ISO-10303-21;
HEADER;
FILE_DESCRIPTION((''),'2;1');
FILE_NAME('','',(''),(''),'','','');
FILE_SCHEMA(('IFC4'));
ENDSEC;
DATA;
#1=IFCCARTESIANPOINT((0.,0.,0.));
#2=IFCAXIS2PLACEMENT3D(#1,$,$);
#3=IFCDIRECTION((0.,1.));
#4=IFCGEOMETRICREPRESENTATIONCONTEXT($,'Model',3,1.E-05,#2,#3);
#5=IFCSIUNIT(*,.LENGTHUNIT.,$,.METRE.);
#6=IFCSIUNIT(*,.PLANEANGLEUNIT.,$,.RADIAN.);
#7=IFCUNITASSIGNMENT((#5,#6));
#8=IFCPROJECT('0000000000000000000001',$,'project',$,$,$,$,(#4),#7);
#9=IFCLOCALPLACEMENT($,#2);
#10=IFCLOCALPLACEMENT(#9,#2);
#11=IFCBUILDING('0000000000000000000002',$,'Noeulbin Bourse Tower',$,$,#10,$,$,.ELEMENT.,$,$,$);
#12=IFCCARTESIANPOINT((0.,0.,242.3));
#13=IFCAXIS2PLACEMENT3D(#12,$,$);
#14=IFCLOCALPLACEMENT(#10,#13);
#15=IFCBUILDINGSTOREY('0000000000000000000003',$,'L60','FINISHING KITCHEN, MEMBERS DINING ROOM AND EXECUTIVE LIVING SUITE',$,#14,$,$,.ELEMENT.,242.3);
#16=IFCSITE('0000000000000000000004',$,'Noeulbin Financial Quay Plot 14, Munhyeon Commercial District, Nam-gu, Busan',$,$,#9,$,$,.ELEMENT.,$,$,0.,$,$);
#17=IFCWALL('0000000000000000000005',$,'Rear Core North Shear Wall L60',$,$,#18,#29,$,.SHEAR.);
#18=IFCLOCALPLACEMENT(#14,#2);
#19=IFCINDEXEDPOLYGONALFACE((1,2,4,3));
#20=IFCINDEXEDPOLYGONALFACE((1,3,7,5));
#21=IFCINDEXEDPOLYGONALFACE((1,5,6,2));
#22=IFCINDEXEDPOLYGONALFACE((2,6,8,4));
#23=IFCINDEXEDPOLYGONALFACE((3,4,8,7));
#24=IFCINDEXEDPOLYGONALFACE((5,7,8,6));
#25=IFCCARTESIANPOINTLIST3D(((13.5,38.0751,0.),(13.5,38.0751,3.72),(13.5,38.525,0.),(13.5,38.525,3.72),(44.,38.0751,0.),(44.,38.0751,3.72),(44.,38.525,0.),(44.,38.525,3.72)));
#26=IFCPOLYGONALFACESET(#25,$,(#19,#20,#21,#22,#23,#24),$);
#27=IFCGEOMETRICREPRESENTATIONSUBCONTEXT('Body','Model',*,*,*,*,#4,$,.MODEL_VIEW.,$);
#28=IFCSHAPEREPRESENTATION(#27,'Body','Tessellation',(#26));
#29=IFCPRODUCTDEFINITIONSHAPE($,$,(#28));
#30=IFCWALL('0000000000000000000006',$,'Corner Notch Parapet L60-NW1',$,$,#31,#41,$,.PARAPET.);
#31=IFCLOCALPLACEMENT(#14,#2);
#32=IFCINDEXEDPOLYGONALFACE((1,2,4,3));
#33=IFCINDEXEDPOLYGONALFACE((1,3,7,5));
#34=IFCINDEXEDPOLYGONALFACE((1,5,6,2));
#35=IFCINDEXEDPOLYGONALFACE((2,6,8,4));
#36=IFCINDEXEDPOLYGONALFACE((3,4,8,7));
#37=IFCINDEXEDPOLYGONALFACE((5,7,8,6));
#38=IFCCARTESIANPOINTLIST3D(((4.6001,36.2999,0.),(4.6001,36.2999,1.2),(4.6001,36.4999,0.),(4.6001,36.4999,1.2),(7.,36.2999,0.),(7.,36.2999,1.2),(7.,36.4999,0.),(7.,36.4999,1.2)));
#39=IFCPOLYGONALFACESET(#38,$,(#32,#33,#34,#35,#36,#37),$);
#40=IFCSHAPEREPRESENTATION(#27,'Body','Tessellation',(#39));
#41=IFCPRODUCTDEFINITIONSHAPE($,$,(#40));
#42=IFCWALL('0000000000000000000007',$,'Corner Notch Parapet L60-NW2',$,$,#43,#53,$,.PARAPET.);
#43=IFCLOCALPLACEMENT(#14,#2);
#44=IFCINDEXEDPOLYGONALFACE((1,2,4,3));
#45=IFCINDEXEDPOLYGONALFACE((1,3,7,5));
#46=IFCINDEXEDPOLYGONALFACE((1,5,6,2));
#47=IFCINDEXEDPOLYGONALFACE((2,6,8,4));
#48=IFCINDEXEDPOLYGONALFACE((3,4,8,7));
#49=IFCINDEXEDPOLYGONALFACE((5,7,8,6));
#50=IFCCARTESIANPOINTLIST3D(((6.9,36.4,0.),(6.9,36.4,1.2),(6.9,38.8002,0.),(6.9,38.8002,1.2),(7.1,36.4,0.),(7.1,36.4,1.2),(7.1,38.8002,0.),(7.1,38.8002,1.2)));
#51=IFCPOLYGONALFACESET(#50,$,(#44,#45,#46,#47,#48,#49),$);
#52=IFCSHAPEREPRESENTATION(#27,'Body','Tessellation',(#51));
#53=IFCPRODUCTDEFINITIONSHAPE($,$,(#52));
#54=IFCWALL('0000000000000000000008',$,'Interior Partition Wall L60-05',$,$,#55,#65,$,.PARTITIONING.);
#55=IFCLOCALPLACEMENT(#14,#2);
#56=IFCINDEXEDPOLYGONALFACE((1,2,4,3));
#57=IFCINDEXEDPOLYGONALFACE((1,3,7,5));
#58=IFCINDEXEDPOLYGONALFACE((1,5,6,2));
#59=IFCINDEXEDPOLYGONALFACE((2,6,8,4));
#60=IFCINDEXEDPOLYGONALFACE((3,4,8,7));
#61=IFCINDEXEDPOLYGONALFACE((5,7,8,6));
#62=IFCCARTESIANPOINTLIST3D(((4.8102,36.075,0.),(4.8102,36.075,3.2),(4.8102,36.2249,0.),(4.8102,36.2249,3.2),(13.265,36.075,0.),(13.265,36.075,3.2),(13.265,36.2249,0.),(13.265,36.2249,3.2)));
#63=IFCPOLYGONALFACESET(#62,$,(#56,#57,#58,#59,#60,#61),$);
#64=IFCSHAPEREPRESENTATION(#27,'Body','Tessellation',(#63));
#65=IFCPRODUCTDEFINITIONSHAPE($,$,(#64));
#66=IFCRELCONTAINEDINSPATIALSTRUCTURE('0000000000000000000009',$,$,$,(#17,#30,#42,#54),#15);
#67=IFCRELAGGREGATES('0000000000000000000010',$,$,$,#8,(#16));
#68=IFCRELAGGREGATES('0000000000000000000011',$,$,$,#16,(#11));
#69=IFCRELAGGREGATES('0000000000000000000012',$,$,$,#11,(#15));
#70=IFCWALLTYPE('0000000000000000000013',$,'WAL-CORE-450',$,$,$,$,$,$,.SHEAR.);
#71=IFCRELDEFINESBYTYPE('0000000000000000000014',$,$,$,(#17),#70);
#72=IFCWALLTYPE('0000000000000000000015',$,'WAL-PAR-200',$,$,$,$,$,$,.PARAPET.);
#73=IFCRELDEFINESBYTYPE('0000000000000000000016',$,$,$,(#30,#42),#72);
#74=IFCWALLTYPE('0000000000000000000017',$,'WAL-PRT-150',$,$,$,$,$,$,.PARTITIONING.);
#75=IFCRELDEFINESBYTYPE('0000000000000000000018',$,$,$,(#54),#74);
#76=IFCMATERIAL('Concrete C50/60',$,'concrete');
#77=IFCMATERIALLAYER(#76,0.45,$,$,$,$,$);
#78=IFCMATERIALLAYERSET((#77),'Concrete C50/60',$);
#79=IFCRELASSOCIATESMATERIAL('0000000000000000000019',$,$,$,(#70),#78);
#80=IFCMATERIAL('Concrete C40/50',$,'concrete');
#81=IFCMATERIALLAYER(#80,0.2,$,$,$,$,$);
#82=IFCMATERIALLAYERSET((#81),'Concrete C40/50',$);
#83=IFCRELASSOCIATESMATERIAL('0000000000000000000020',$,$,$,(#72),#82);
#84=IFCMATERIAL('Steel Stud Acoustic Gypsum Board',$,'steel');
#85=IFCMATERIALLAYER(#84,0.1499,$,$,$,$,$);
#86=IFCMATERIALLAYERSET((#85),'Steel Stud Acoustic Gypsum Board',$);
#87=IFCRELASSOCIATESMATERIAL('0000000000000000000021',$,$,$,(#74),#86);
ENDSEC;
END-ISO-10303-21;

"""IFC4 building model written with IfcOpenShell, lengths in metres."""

from ifc_helpers import new_model, si_unit, direction, frame, frame_2d, origin, place, context, subcontext, project, spatial, rectangle, extrude, material, layer, layer_set, type_object, element, save


model = new_model("IFC4")

# Units and contexts
model_context = context("Model", 3, precision=1e-05, world=origin(), true_north=direction((0.0, 1.0)))
body_context = subcontext(model_context, "Body", "Model", "MODEL_VIEW")
ifc_project = project(units=[si_unit("LENGTHUNIT", "METRE"), si_unit("PLANEANGLEUNIT", "RADIAN")], contexts=[model_context])

# Site, building, storey
site_placement = place(None, origin())
site = spatial("IfcSite", under=ifc_project, at=site_placement, Name="Noeulbin Financial Quay Plot 14, Munhyeon Commercial District, Nam-gu, Busan", CompositionType="ELEMENT", RefElevation=0.0)
building_placement = place(site_placement, origin())
building = spatial("IfcBuilding", under=site, at=building_placement, Name="Noeulbin Bourse Tower", CompositionType="ELEMENT")
storey_placement = place(building_placement, frame((0.0, 0.0, 242.3)))
storey = spatial("IfcBuildingStorey", under=building, at=storey_placement, Name="L60", Description="FINISHING KITCHEN, MEMBERS DINING ROOM AND EXECUTIVE LIVING SUITE", CompositionType="ELEMENT", Elevation=242.3)

# Walls
ifc_material_1 = material(Name="Concrete C50/60", Category="concrete")
ifc_layer_1 = layer(ifc_material_1, 0.45)
ifc_layer_set_1 = layer_set([ifc_layer_1], Name="Concrete C50/60")
wall_type_1 = type_object("IfcWallType", Name="WAL-CORE-450", PredefinedType="SHEAR", material=ifc_layer_set_1)
wall_1_placement = place(storey_placement, frame((13.5, 38.3, 0.0), z_axis=(0.0, 0.0, 1.0), x_axis=(1.0, 0.0, 0.0)))
element("IfcWall", 1, at=wall_1_placement, inside=storey, type_object=wall_type_1, Name="Rear Core North Shear Wall L60", PredefinedType="SHEAR", context=body_context, shape_type="SweptSolid", body=[
    extrude(rectangle(XDim=30.5, YDim=0.45, at=frame_2d((15.25, 0.0))), origin(), (0.0, 0.0, 1.0), 3.72),
])
ifc_material_2 = material(Name="Concrete C40/50", Category="concrete")
ifc_layer_2 = layer(ifc_material_2, 0.2)
ifc_layer_set_2 = layer_set([ifc_layer_2], Name="Concrete C40/50")
wall_type_2 = type_object("IfcWallType", Name="WAL-PAR-200", PredefinedType="PARAPET", material=ifc_layer_set_2)
wall_2_placement = place(storey_placement, frame((4.6001, 36.3999, 0.0), z_axis=(0.0, 0.0, 1.0), x_axis=(1.0, 0.0, 0.0)))
element("IfcWall", 2, at=wall_2_placement, inside=storey, type_object=wall_type_2, Name="Corner Notch Parapet L60-NW1", PredefinedType="PARAPET", context=body_context, shape_type="SweptSolid", body=[
    extrude(rectangle(XDim=2.3999, YDim=0.2, at=frame_2d((1.2, 0.0))), origin(), (0.0, 0.0, 1.0), 1.2),
])
wall_3_placement = place(storey_placement, frame((7.0, 36.3999, 0.0), z_axis=(0.0, 0.0, 1.0), x_axis=(0.0, 1.0, 0.0)))
element("IfcWall", 3, at=wall_3_placement, inside=storey, type_object=wall_type_2, Name="Corner Notch Parapet L60-NW2", PredefinedType="PARAPET", context=body_context, shape_type="SweptSolid", body=[
    extrude(rectangle(XDim=2.4001, YDim=0.2, at=frame_2d((1.2002, 0.0))), origin(), (0.0, 0.0, 1.0), 1.2),
])
ifc_material_3 = material(Name="Steel Stud Acoustic Gypsum Board", Category="steel")
ifc_layer_3 = layer(ifc_material_3, 0.1499)
ifc_layer_set_3 = layer_set([ifc_layer_3], Name="Steel Stud Acoustic Gypsum Board")
wall_type_3 = type_object("IfcWallType", Name="WAL-PRT-150", PredefinedType="PARTITIONING", material=ifc_layer_set_3)
wall_4_placement = place(storey_placement, frame((4.8101, 36.1499, 0.0), z_axis=(0.0, 0.0, 1.0), x_axis=(1.0, 0.0, 0.0)))
element("IfcWall", 4, at=wall_4_placement, inside=storey, type_object=wall_type_3, Name="Interior Partition Wall L60-05", PredefinedType="PARTITIONING", context=body_context, shape_type="SweptSolid", body=[
    extrude(rectangle(XDim=8.4548, YDim=0.1499, at=frame_2d((4.2275, 0.0))), origin(), (0.0, 0.0, 1.0), 3.2),
])

save(model, "model.ifc")
